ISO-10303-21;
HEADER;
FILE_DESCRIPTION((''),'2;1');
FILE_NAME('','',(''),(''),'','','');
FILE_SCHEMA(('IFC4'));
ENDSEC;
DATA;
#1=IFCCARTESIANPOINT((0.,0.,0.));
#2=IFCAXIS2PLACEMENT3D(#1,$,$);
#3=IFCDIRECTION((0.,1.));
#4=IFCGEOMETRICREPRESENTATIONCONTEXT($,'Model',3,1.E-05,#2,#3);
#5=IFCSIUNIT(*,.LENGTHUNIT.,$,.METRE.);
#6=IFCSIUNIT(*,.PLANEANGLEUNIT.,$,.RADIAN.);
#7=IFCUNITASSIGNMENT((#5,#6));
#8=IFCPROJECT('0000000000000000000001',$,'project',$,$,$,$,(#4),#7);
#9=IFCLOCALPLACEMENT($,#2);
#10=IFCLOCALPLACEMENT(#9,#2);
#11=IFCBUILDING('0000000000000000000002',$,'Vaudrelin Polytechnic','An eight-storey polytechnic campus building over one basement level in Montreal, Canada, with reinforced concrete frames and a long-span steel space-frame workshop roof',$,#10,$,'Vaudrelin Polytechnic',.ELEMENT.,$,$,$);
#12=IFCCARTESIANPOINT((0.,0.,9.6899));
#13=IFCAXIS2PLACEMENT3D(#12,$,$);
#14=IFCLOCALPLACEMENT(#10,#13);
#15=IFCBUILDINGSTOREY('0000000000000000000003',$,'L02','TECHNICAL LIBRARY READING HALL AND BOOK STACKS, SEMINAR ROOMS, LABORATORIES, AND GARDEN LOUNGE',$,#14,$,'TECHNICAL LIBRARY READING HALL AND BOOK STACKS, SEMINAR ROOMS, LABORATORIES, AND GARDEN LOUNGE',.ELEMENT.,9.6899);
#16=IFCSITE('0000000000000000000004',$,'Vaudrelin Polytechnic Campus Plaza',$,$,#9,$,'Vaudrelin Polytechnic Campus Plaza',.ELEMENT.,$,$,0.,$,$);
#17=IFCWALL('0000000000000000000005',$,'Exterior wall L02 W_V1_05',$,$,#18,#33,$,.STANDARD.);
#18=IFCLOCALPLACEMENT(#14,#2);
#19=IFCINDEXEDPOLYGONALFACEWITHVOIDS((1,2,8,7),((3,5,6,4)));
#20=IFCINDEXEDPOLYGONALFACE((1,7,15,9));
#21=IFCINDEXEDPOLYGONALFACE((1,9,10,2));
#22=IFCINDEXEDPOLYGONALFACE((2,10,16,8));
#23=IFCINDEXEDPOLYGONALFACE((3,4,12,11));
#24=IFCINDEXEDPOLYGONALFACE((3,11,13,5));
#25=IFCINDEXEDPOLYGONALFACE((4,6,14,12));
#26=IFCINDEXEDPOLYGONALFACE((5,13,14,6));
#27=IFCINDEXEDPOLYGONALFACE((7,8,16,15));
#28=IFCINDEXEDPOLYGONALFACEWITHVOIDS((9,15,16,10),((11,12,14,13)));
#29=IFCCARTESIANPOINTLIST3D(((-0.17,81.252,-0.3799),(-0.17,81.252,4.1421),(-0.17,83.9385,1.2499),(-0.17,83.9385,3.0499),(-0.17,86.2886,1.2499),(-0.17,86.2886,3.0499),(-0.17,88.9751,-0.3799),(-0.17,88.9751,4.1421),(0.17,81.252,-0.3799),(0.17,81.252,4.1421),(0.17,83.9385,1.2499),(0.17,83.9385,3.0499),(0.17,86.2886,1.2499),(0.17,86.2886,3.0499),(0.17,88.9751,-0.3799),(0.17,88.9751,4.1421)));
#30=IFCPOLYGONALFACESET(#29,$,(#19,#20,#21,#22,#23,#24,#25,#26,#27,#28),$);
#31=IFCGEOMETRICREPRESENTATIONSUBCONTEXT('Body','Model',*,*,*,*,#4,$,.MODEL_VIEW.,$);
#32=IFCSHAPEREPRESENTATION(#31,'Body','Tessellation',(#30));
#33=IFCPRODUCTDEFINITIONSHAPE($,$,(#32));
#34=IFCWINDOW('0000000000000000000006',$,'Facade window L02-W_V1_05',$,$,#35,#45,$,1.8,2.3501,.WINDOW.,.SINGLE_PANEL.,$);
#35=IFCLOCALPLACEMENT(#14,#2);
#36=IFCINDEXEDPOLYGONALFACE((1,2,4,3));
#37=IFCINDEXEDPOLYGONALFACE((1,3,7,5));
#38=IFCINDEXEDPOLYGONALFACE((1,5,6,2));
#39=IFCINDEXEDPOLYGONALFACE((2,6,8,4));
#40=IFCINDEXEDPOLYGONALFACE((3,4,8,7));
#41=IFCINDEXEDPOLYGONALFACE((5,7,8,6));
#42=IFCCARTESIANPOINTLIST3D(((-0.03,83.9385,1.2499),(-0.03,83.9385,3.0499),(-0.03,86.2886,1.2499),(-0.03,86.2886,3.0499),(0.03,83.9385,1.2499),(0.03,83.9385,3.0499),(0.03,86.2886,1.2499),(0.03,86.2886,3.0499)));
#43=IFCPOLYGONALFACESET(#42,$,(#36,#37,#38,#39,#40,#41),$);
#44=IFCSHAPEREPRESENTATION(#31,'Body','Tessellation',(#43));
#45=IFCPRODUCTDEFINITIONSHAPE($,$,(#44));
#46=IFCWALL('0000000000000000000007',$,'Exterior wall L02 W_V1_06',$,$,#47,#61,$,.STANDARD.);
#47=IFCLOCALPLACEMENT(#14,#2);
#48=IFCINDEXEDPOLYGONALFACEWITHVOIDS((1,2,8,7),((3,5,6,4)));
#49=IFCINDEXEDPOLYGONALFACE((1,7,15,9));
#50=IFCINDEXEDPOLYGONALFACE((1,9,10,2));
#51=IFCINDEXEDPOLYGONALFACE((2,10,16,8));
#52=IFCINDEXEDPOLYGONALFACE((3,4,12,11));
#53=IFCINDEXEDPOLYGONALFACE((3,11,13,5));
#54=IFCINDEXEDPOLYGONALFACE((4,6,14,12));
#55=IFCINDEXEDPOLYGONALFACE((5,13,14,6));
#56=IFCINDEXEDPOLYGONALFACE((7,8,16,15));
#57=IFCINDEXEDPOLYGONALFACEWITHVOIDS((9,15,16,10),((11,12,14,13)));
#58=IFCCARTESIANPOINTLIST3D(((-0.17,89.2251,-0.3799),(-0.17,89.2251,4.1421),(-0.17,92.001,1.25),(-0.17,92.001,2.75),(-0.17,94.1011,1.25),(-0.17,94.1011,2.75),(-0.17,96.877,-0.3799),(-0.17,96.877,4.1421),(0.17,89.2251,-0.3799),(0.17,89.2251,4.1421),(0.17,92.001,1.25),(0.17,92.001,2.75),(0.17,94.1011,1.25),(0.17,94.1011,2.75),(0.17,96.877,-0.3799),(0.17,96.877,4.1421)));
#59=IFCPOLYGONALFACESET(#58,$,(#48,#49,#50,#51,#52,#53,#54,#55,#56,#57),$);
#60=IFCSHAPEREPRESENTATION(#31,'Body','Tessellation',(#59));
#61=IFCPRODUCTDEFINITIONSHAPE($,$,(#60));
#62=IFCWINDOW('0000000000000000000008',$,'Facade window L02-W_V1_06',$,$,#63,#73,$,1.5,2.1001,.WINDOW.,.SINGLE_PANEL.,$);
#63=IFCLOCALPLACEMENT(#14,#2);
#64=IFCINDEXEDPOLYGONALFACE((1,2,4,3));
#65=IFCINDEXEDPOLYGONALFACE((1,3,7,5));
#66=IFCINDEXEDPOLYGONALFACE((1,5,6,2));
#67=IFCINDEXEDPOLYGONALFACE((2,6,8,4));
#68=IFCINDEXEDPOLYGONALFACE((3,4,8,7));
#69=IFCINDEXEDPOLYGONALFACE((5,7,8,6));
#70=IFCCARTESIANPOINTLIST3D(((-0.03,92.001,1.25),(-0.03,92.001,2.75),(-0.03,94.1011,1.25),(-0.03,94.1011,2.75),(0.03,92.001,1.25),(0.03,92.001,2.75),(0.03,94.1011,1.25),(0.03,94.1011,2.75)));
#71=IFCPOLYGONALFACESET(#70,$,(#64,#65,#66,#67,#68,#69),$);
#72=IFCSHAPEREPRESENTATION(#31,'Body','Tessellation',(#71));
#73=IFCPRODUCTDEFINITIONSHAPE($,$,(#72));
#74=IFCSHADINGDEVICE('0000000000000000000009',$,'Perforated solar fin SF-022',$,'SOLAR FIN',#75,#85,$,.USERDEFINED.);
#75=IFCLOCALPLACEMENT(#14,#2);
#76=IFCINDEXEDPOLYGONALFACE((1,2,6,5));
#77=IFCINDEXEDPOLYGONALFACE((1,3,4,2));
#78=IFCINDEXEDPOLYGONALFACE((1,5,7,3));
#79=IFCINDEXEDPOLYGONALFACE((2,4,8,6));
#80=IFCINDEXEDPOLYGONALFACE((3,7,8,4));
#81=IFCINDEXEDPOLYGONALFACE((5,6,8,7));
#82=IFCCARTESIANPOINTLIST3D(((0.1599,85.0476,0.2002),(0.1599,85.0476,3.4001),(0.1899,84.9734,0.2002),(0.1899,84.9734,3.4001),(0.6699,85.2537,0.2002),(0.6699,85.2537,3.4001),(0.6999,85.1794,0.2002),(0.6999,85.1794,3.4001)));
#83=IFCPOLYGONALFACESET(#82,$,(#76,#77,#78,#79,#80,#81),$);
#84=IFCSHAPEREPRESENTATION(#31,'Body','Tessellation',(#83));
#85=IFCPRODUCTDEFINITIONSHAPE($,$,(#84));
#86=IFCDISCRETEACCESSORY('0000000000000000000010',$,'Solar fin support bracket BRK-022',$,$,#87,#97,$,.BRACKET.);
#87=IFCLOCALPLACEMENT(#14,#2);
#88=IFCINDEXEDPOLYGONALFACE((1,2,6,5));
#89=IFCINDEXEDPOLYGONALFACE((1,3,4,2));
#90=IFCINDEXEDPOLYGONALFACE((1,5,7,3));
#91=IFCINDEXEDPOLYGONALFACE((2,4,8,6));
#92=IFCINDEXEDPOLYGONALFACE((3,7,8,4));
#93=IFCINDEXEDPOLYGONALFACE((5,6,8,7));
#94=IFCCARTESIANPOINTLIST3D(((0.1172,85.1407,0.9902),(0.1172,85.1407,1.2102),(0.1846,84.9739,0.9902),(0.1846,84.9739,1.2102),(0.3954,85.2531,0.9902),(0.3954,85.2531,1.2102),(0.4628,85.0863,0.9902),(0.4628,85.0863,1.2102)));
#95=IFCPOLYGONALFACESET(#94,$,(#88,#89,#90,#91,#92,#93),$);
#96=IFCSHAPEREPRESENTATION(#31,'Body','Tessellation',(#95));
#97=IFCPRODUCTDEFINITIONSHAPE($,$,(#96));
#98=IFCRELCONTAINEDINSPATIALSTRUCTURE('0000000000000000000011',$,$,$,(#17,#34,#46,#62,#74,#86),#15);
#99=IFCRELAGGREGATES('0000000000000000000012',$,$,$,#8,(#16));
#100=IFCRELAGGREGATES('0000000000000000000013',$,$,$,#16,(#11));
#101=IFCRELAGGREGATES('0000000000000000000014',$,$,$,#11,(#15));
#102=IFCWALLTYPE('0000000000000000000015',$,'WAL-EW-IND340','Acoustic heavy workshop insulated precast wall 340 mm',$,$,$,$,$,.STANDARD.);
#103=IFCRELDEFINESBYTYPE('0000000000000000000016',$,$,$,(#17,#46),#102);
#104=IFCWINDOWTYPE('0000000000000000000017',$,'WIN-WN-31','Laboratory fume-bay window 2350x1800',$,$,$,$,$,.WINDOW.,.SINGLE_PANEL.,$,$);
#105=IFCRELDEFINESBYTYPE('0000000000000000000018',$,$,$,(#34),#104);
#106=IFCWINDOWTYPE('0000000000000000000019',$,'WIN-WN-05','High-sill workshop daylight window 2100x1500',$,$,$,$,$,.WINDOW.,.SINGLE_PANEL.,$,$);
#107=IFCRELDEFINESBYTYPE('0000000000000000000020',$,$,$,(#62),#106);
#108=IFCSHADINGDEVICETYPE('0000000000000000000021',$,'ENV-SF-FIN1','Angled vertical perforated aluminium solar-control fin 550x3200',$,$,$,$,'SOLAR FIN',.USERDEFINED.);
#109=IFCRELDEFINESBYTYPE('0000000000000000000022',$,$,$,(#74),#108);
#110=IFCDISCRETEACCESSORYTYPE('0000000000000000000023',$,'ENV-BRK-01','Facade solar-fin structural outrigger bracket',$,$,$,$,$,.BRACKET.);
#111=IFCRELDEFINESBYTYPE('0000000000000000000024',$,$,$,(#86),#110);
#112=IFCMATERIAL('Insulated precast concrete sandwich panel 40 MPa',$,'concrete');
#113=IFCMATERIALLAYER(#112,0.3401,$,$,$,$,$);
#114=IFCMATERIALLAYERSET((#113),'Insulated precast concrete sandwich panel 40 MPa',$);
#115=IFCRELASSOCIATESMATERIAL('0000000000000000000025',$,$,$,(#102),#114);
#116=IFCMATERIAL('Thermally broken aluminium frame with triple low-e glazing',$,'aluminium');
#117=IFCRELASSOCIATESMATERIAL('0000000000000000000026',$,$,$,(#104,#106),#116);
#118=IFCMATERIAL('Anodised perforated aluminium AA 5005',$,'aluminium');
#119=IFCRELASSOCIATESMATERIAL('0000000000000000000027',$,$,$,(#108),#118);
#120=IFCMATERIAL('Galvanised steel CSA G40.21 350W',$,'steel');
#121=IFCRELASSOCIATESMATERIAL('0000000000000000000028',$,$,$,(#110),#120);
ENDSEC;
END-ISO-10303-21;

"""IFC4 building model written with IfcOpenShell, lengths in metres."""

from ifc_helpers import new_model, si_unit, direction, frame, frame_2d, origin, origin_2d, place, context, subcontext, project, spatial, rectangle, extrude, material, layer, layer_set, type_object, element, fill, save


model = new_model("IFC4")

# Units and contexts
model_context = context("Model", 3, precision=1e-05, world=origin(), true_north=direction((0.0, 1.0)))
body_context = subcontext(model_context, "Body", "Model", "MODEL_VIEW")
ifc_project = project(units=[si_unit("LENGTHUNIT", "METRE"), si_unit("PLANEANGLEUNIT", "RADIAN")], contexts=[model_context])

# Site, building, storey
site_placement = place(None, origin())
site = spatial("IfcSite", under=ifc_project, at=site_placement, Name="Vaudrelin Polytechnic Campus Plaza", LongName="Vaudrelin Polytechnic Campus Plaza", CompositionType="ELEMENT", RefElevation=0.0)
building_placement = place(site_placement, origin())
building = spatial("IfcBuilding", under=site, at=building_placement, Name="Vaudrelin Polytechnic", Description="An eight-storey polytechnic campus building over one basement level in Montreal, Canada, with reinforced concrete frames and a long-span steel space-frame workshop roof", LongName="Vaudrelin Polytechnic", CompositionType="ELEMENT")
storey_placement = place(building_placement, frame((0.0, 0.0, 9.6899)))
storey = spatial("IfcBuildingStorey", under=building, at=storey_placement, Name="L02", Description="TECHNICAL LIBRARY READING HALL AND BOOK STACKS, SEMINAR ROOMS, LABORATORIES, AND GARDEN LOUNGE", LongName="TECHNICAL LIBRARY READING HALL AND BOOK STACKS, SEMINAR ROOMS, LABORATORIES, AND GARDEN LOUNGE", CompositionType="ELEMENT", Elevation=9.6899)

# Walls, openings, windows
ifc_material_1 = material(Name="Insulated precast concrete sandwich panel 40 MPa", Category="concrete")
ifc_layer_1 = layer(ifc_material_1, 0.3401)
ifc_layer_set_1 = layer_set([ifc_layer_1], Name="Insulated precast concrete sandwich panel 40 MPa")
wall_type = type_object("IfcWallType", Name="WAL-EW-IND340", Description="Acoustic heavy workshop insulated precast wall 340 mm", PredefinedType="STANDARD", material=ifc_layer_set_1)
wall_1_placement = place(storey_placement, frame((0.0, 81.252, -0.3799), z_axis=(0.0, 0.0, 1.0), x_axis=(0.0, 1.0, 0.0)))
wall_1 = element("IfcWall", 1, at=wall_1_placement, inside=storey, type_object=wall_type, Name="Exterior wall L02 W_V1_05", PredefinedType="STANDARD", context=body_context, shape_type="SweptSolid", body=[
    extrude(rectangle(XDim=7.7231, YDim=0.3401, at=frame_2d((3.8616, 0.0))), origin(), (0.0, 0.0, 1.0), 4.522),
])
opening_1_placement = place(wall_1_placement, frame((2.6865, 0.0, 1.6299)))
opening_1 = element("IfcOpeningElement", 2, at=opening_1_placement, cuts=wall_1, PredefinedType="OPENING", context=body_context, shape_type="SweptSolid", body=[
    extrude(rectangle(XDim=2.3501, YDim=1.8, at=frame_2d((1.175, 0.8999))), frame((0.0, 0.1802, 0.0), z_axis=(0.0, -1.0, 0.0), x_axis=(1.0, 0.0, 0.0)), (0.0, 0.0, 1.0), 0.3601),
])
ifc_material_2 = material(Name="Thermally broken aluminium frame with triple low-e glazing", Category="aluminium")
window_type_1 = type_object("IfcWindowType", Name="WIN-WN-31", Description="Laboratory fume-bay window 2350x1800", PartitioningType="SINGLE_PANEL", PredefinedType="WINDOW", material=ifc_material_2)
window_1_placement = place(opening_1_placement, origin())
window_1 = element("IfcWindow", 3, at=window_1_placement, inside=storey, type_object=window_type_1, Name="Facade window L02-W_V1_05", OverallHeight=1.8, OverallWidth=2.3501, PartitioningType="SINGLE_PANEL", PredefinedType="WINDOW", context=body_context, shape_type="SweptSolid", body=[
    extrude(rectangle(XDim=2.3501, YDim=1.8, at=frame_2d((1.175, 0.8999))), frame((0.0, 0.03, 0.0), z_axis=(0.0, -1.0, 0.0), x_axis=(1.0, 0.0, 0.0)), (0.0, 0.0, 1.0), 0.0601),
])
fill(opening_1, window_1)
wall_2_placement = place(storey_placement, frame((0.0, 89.2251, -0.3799), z_axis=(0.0, 0.0, 1.0), x_axis=(0.0, 1.0, 0.0)))
wall_2 = element("IfcWall", 4, at=wall_2_placement, inside=storey, type_object=wall_type, Name="Exterior wall L02 W_V1_06", PredefinedType="STANDARD", context=body_context, shape_type="SweptSolid", body=[
    extrude(rectangle(XDim=7.6519, YDim=0.3401, at=frame_2d((3.8259, 0.0))), origin(), (0.0, 0.0, 1.0), 4.522),
])
opening_2_placement = place(wall_2_placement, frame((2.7759, 0.0, 1.6299)))
opening_2 = element("IfcOpeningElement", 5, at=opening_2_placement, cuts=wall_2, PredefinedType="OPENING", context=body_context, shape_type="SweptSolid", body=[
    extrude(rectangle(XDim=2.1001, YDim=1.5, at=frame_2d((1.05, 0.75))), frame((0.0, 0.1802, 0.0), z_axis=(0.0, -1.0, 0.0), x_axis=(1.0, 0.0, 0.0)), (0.0, 0.0, 1.0), 0.3601),
])
window_type_2 = type_object("IfcWindowType", Name="WIN-WN-05", Description="High-sill workshop daylight window 2100x1500", PartitioningType="SINGLE_PANEL", PredefinedType="WINDOW", material=ifc_material_2)
window_2_placement = place(opening_2_placement, origin())
window_2 = element("IfcWindow", 6, at=window_2_placement, inside=storey, type_object=window_type_2, Name="Facade window L02-W_V1_06", OverallHeight=1.5, OverallWidth=2.1001, PartitioningType="SINGLE_PANEL", PredefinedType="WINDOW", context=body_context, shape_type="SweptSolid", body=[
    extrude(rectangle(XDim=2.1001, YDim=1.5, at=frame_2d((1.05, 0.75))), frame((0.0, 0.03, 0.0), z_axis=(0.0, -1.0, 0.0), x_axis=(1.0, 0.0, 0.0)), (0.0, 0.0, 1.0), 0.0601),
])
fill(opening_2, window_2)

# Shading device
ifc_material_3 = material(Name="Anodised perforated aluminium AA 5005", Category="aluminium")
shading_device_type = type_object("IfcShadingDeviceType", Name="ENV-SF-FIN1", Description="Angled vertical perforated aluminium solar-control fin 550x3200", ElementType="SOLAR FIN", PredefinedType="USERDEFINED", material=ifc_material_3)
shading_device_placement = place(storey_placement, frame((0.4299, 85.1135, 0.2002), z_axis=(0.0, 0.0, 1.0), x_axis=(0.927184, 0.374607, 0.0)))
element("IfcShadingDevice", 7, at=shading_device_placement, inside=storey, type_object=shading_device_type, Name="Perforated solar fin SF-022", ObjectType="SOLAR FIN", PredefinedType="USERDEFINED", context=body_context, shape_type="SweptSolid", body=[
    extrude(rectangle(XDim=0.55, YDim=0.0801, at=origin_2d()), origin(), (0.0, 0.0, 1.0), 3.2),
])

# Discrete accessory
ifc_material_4 = material(Name="Galvanised steel CSA G40.21 350W", Category="steel")
discrete_accessory_type = type_object("IfcDiscreteAccessoryType", Name="ENV-BRK-01", Description="Facade solar-fin structural outrigger bracket", PredefinedType="BRACKET", material=ifc_material_4)
discrete_accessory_placement = place(storey_placement, frame((0.29, 85.1135, 0.9902), z_axis=(0.0, 0.0, 1.0), x_axis=(0.927184, 0.374607, 0.0)))
element("IfcDiscreteAccessory", 8, at=discrete_accessory_placement, inside=storey, type_object=discrete_accessory_type, Name="Solar fin support bracket BRK-022", PredefinedType="BRACKET", context=body_context, shape_type="SweptSolid", body=[
    extrude(rectangle(XDim=0.3, YDim=0.1799, at=origin_2d()), origin(), (0.0, 0.0, 1.0), 0.22),
])

save(model, "model.ifc")
